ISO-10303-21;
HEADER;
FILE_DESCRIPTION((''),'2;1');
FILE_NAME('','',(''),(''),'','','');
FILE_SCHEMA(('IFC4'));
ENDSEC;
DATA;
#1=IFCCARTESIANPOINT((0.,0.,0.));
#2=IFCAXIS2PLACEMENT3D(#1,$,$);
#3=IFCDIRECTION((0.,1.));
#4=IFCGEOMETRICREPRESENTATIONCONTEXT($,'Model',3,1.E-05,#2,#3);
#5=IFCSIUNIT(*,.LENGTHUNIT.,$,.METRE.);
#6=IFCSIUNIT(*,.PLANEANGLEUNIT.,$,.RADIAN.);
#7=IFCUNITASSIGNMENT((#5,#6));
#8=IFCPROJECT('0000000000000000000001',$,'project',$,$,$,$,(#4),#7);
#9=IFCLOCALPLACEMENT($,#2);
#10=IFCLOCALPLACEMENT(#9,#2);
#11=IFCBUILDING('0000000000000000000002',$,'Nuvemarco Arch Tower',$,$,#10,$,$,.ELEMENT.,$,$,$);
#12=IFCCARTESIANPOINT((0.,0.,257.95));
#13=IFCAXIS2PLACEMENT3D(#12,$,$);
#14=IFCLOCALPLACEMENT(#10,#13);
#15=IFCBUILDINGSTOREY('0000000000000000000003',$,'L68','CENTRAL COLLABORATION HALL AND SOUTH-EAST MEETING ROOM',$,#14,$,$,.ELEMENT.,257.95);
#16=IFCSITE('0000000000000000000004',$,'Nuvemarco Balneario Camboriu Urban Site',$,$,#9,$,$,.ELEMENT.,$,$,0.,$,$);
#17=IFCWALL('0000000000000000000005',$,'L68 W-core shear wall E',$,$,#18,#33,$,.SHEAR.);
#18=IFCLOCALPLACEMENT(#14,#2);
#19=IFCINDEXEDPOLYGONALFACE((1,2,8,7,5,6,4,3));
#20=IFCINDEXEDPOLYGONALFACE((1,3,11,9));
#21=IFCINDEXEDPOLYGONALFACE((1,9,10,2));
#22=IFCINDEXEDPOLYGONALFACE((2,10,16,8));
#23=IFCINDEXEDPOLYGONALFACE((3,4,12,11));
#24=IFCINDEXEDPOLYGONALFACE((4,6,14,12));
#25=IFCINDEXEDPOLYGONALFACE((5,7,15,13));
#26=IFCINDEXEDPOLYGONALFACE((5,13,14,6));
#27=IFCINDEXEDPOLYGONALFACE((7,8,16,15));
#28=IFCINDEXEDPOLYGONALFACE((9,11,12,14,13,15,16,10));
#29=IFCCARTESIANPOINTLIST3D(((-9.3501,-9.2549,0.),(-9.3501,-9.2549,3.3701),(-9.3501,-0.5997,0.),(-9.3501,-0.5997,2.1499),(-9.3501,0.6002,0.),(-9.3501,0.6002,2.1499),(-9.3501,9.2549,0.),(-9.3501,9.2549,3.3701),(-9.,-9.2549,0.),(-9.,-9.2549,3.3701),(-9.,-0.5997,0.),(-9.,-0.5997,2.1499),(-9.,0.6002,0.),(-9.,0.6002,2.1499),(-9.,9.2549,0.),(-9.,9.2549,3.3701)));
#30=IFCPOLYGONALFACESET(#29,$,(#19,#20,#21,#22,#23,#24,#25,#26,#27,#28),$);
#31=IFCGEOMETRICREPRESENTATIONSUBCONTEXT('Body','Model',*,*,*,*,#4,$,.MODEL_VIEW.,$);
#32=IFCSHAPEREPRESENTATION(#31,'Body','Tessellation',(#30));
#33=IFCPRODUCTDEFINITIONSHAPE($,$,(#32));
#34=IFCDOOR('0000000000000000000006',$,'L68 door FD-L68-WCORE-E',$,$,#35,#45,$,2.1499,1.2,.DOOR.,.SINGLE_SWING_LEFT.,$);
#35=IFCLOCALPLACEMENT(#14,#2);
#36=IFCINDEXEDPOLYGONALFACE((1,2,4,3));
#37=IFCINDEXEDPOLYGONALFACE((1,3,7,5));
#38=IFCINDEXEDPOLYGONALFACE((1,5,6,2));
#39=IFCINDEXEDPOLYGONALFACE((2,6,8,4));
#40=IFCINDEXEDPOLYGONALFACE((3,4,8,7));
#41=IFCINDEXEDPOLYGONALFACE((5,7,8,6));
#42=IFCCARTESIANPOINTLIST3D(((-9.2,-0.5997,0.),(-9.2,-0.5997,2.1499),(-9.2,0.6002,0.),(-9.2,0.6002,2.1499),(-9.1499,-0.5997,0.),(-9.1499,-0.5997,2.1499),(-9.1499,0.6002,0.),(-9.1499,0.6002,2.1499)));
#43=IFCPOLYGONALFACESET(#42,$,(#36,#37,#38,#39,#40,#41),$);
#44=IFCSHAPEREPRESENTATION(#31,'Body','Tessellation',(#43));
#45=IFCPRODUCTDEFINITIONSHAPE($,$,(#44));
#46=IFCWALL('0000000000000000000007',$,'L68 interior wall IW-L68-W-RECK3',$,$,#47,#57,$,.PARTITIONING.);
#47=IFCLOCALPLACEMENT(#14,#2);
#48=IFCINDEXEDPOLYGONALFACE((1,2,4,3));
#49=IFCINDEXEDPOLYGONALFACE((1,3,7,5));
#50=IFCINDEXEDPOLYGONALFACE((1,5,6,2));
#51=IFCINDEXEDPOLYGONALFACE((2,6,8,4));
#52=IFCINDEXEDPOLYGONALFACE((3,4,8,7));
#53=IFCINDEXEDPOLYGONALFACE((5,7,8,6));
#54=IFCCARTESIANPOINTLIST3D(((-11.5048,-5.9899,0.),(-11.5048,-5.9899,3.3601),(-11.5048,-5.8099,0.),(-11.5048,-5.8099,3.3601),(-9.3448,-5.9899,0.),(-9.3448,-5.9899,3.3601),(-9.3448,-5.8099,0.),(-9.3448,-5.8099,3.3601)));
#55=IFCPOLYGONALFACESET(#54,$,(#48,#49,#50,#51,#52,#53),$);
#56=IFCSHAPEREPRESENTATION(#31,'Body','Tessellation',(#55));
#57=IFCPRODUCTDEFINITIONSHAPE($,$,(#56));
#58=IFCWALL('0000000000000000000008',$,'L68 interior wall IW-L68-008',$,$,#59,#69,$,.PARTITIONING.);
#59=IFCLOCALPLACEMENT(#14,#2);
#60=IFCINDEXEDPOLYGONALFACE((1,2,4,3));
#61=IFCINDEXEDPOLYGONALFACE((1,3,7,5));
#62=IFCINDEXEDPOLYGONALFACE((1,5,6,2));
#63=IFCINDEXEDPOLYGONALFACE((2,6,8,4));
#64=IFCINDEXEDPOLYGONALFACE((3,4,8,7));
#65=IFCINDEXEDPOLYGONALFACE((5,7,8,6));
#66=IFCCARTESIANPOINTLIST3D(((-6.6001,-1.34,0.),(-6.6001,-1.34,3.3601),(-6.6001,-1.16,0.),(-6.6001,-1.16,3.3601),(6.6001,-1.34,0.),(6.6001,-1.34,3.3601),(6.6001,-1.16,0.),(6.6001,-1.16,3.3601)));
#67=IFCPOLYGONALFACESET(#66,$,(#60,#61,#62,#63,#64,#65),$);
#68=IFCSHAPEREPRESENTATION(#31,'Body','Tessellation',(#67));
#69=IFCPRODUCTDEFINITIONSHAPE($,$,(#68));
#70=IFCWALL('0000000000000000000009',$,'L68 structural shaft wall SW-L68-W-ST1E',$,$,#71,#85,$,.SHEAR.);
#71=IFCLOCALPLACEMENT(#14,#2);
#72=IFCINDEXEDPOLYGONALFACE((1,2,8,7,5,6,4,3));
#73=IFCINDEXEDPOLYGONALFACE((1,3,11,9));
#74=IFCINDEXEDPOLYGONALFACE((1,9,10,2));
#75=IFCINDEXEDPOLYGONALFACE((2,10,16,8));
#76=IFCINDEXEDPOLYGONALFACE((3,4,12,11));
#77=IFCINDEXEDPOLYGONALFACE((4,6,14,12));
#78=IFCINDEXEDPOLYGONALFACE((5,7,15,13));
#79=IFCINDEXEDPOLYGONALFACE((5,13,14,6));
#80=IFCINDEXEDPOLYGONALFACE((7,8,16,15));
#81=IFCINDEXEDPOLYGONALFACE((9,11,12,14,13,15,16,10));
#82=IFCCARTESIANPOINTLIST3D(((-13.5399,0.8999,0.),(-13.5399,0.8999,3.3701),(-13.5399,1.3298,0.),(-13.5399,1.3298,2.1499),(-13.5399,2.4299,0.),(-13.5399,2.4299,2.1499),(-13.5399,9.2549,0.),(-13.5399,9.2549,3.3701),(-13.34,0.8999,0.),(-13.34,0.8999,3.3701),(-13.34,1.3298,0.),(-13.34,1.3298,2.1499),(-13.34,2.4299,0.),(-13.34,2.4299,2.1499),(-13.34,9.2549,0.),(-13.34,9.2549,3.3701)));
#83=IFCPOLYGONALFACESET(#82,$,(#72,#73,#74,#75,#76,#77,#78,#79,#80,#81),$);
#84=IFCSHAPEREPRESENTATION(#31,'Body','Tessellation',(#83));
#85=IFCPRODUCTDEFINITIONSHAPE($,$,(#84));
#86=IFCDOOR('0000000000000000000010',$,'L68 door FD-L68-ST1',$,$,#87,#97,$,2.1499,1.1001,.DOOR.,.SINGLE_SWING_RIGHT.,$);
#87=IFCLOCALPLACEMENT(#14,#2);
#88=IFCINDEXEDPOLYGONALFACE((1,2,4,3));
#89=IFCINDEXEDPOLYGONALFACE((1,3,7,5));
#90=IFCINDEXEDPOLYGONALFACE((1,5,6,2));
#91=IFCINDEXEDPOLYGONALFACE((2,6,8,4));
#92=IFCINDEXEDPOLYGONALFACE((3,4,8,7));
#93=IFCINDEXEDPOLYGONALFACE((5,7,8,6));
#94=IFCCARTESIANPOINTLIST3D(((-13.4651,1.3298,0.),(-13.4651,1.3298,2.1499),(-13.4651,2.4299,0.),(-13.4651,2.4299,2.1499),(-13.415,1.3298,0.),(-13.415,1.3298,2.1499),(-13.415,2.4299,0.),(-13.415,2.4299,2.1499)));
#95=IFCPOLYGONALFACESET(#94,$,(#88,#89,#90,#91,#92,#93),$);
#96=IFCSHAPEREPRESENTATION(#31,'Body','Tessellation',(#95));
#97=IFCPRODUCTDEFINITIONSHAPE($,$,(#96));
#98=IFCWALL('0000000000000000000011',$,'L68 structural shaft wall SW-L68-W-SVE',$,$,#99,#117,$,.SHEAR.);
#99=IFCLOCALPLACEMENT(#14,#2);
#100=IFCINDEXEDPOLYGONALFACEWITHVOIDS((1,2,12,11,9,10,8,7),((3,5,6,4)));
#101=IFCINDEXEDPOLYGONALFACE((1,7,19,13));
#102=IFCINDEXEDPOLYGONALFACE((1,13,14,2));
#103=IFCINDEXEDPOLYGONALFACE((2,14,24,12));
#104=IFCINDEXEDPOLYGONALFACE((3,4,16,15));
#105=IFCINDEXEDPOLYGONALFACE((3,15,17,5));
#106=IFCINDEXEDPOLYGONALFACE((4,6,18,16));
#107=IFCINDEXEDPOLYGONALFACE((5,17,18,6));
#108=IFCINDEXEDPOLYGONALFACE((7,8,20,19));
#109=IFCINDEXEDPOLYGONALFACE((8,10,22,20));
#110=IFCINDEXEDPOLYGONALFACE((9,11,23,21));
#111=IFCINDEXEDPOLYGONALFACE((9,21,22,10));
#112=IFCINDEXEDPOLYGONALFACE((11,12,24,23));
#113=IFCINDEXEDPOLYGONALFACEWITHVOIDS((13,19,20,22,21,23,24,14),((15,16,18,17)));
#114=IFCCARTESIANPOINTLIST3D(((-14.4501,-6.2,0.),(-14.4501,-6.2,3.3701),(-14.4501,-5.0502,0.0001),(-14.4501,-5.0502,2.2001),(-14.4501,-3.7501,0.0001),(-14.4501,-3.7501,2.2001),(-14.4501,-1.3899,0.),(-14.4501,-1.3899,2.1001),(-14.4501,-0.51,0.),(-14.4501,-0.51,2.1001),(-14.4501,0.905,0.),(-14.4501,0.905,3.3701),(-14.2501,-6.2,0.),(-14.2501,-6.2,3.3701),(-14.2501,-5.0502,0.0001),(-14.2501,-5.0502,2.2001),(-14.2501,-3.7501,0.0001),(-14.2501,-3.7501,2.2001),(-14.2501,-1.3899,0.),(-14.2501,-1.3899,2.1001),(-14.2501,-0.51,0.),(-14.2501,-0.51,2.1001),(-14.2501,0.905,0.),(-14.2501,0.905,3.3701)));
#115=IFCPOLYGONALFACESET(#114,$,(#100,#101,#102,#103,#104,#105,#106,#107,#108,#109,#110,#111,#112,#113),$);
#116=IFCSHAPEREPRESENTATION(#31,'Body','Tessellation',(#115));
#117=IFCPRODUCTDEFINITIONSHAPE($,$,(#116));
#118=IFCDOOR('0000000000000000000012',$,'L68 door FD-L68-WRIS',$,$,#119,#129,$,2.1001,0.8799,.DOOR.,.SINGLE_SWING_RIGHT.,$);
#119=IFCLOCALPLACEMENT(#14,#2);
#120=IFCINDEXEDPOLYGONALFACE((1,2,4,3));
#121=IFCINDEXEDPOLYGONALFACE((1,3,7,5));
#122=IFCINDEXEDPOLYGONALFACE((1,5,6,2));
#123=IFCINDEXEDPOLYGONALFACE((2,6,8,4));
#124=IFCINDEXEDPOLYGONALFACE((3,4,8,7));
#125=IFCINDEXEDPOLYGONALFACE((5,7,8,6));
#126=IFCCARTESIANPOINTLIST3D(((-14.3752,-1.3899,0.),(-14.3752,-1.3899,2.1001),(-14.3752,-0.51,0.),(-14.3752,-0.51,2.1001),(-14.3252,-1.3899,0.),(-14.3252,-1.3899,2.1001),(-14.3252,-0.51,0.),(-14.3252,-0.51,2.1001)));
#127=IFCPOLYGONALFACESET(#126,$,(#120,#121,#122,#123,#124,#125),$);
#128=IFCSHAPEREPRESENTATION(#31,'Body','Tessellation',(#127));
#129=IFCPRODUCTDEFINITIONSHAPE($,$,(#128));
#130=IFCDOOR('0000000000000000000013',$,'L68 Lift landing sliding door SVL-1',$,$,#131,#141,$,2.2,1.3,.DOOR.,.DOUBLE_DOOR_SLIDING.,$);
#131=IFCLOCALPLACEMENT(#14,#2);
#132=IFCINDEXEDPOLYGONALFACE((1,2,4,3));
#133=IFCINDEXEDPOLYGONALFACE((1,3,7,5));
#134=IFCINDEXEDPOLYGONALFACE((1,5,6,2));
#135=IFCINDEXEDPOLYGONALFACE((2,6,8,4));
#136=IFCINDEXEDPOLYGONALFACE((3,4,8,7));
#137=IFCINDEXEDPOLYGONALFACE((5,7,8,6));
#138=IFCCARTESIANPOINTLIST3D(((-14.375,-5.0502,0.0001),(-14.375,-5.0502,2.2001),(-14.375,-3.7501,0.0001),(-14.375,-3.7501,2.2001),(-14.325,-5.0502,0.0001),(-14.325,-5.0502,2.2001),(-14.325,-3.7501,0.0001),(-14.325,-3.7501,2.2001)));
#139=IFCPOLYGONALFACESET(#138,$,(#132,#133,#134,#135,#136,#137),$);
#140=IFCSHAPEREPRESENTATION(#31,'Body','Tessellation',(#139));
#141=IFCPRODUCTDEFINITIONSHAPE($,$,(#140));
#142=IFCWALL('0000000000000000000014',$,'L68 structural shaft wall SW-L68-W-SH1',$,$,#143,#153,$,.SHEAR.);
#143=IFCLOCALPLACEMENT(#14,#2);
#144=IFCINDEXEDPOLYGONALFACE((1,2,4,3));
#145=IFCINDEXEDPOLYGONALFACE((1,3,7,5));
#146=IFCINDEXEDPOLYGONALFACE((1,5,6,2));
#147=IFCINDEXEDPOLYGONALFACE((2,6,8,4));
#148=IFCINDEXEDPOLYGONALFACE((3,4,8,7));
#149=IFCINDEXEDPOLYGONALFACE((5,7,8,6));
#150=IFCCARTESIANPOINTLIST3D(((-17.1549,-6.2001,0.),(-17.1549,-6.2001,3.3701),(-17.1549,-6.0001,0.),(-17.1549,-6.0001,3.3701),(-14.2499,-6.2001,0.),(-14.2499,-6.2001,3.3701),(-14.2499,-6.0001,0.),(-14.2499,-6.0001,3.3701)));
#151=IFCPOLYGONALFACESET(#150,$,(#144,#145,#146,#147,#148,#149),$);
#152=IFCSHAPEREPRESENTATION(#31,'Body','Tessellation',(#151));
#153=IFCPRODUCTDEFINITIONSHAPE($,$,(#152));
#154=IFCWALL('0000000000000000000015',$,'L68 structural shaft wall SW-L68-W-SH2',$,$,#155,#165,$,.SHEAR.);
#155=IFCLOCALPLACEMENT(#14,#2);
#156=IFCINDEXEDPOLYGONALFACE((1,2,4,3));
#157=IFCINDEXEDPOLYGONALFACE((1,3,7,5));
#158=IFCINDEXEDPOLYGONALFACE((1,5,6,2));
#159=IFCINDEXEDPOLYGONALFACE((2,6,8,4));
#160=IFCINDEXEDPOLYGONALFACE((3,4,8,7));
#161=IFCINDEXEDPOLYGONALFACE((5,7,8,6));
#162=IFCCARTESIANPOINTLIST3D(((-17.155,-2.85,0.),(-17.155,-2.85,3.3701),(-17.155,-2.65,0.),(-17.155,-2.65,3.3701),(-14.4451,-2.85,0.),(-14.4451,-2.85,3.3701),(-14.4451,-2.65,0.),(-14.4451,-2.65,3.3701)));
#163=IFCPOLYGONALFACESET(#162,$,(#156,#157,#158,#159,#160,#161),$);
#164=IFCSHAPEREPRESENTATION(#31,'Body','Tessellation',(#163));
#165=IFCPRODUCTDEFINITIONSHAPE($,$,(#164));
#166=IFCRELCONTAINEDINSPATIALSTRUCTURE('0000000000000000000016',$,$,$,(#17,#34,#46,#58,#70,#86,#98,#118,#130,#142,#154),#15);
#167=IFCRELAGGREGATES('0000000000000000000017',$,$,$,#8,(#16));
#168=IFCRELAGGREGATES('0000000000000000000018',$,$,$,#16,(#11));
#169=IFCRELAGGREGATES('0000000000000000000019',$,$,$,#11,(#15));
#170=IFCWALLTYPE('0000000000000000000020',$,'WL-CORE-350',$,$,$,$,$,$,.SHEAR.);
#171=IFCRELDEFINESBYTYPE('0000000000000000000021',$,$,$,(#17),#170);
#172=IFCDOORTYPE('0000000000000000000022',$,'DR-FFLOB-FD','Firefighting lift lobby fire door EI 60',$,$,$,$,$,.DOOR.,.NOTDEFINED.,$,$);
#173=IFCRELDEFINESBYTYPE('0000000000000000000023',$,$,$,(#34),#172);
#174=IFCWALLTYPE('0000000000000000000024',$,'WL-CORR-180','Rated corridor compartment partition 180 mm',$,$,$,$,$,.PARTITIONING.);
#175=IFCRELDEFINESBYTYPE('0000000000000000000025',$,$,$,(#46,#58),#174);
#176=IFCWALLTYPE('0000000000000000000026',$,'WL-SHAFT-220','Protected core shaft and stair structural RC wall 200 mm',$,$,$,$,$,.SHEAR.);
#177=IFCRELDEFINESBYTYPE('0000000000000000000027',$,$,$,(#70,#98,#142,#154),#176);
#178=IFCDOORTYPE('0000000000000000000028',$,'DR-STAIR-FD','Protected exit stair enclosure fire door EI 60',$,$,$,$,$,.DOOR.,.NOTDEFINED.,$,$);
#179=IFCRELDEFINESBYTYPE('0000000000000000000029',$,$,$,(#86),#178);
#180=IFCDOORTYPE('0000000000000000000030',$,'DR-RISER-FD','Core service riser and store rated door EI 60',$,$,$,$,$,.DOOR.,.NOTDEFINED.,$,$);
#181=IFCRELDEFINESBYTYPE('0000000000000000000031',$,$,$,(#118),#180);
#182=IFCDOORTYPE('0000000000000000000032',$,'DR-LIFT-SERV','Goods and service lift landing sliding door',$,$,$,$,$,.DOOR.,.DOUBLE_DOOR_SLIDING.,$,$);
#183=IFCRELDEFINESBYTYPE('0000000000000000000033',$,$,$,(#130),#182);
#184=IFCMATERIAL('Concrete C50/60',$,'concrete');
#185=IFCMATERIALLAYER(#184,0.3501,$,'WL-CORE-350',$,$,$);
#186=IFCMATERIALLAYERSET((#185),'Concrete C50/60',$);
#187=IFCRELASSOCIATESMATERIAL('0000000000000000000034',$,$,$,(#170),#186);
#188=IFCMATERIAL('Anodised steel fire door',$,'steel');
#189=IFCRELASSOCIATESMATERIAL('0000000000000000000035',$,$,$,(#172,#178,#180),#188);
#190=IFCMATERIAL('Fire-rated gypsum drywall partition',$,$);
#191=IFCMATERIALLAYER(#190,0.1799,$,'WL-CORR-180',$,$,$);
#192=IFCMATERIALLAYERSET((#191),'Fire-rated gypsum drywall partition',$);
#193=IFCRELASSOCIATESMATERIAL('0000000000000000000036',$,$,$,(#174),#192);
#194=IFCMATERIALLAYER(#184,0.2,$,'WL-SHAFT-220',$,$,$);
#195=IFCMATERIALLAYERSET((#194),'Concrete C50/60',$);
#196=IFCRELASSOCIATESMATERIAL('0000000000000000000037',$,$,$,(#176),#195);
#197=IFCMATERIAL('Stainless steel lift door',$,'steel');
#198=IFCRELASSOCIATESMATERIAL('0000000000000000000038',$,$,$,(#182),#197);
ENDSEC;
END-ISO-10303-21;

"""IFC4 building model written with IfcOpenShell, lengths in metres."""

from ifc_helpers import new_model, si_unit, direction, frame, frame_2d, origin, place, context, subcontext, project, spatial, rectangle, extrude, source, transform, mapped, material, layer, layer_set, type_object, type_shapes, element, fill, save


model = new_model("IFC4")

# Units and contexts
model_context = context("Model", 3, precision=1e-05, world=origin(), true_north=direction((0.0, 1.0)))
body_context = subcontext(model_context, "Body", "Model", "MODEL_VIEW")
ifc_project = project(units=[si_unit("LENGTHUNIT", "METRE"), si_unit("PLANEANGLEUNIT", "RADIAN")], contexts=[model_context])

# Site, building, storey
site_placement = place(None, origin())
site = spatial("IfcSite", under=ifc_project, at=site_placement, Name="Nuvemarco Balneario Camboriu Urban Site", CompositionType="ELEMENT", RefElevation=0.0)
building_placement = place(site_placement, origin())
building = spatial("IfcBuilding", under=site, at=building_placement, Name="Nuvemarco Arch Tower", CompositionType="ELEMENT")
storey_placement = place(building_placement, frame((0.0, 0.0, 257.95)))
storey = spatial("IfcBuildingStorey", under=building, at=storey_placement, Name="L68", Description="CENTRAL COLLABORATION HALL AND SOUTH-EAST MEETING ROOM", CompositionType="ELEMENT", Elevation=257.95)

# Shared definitions
ifc_material_1 = material(Name="Concrete C50/60", Category="concrete")

# Wall, opening, door
ifc_layer_1 = layer(ifc_material_1, 0.3501, Name="WL-CORE-350")
ifc_layer_set_1 = layer_set([ifc_layer_1], Name="Concrete C50/60")
wall_type_1 = type_object("IfcWallType", Name="WL-CORE-350", PredefinedType="SHEAR", material=ifc_layer_set_1)
wall_1_placement = place(storey_placement, frame((-9.175, -9.2549, 0.0), z_axis=(0.0, 0.0, 1.0), x_axis=(0.0, 1.0, 0.0)))
wall_1 = element("IfcWall", 1, at=wall_1_placement, inside=storey, type_object=wall_type_1, Name="L68 W-core shear wall E", PredefinedType="SHEAR", context=body_context, shape_type="SweptSolid", body=[
    extrude(rectangle(XDim=18.5098, YDim=0.3501, at=frame_2d((9.2549, 0.0))), origin(), (0.0, 0.0, 1.0), 3.3701),
])
opening_1_placement = place(wall_1_placement, frame((8.655, 0.0, 0.0)))
opening_1 = element("IfcOpeningElement", 2, at=opening_1_placement, cuts=wall_1, PredefinedType="OPENING", context=body_context, shape_type="SweptSolid", body=[
    extrude(rectangle(XDim=1.2, YDim=2.1499, at=frame_2d((0.6001, 1.075))), frame((0.0, 0.1851, 0.0), z_axis=(0.0, -1.0, 0.0), x_axis=(1.0, 0.0, 0.0)), (0.0, 0.0, 1.0), 0.3701),
])
ifc_material_2 = material(Name="Anodised steel fire door", Category="steel")
door_type_1 = type_object("IfcDoorType", Name="DR-FFLOB-FD", Description="Firefighting lift lobby fire door EI 60", OperationType="NOTDEFINED", PredefinedType="DOOR", material=ifc_material_2)
shared_shape_1 = source(origin(), body_context, "Body", "SweptSolid", [
    extrude(rectangle(XDim=1.2, YDim=2.1499, at=frame_2d((0.6001, 1.075))), frame((0.0, 0.0249, 0.0), z_axis=(0.0, -1.0, 0.0), x_axis=(1.0, 0.0, 0.0)), (0.0, 0.0, 1.0), 0.05),
])
type_shapes(door_type_1, [shared_shape_1])
door_1_placement = place(opening_1_placement, origin())
door_1 = element("IfcDoor", 3, at=door_1_placement, inside=storey, type_object=door_type_1, Name="L68 door FD-L68-WCORE-E", OperationType="SINGLE_SWING_LEFT", OverallHeight=2.1499, OverallWidth=1.2, PredefinedType="DOOR", context=body_context, shape_type="MappedRepresentation", body=[
    mapped(shared_shape_1, transform((0.0, 0.0, 0.0), scale=1.0)),
])
fill(opening_1, door_1)

# Walls
ifc_material_3 = material(Name="Fire-rated gypsum drywall partition")
ifc_layer_2 = layer(ifc_material_3, 0.1799, Name="WL-CORR-180")
ifc_layer_set_2 = layer_set([ifc_layer_2], Name="Fire-rated gypsum drywall partition")
wall_type_2 = type_object("IfcWallType", Name="WL-CORR-180", Description="Rated corridor compartment partition 180 mm", PredefinedType="PARTITIONING", material=ifc_layer_set_2)
wall_2_placement = place(storey_placement, frame((-11.5049, -5.8999, 0.0), z_axis=(0.0, 0.0, 1.0), x_axis=(1.0, 0.0, 0.0)))
element("IfcWall", 4, at=wall_2_placement, inside=storey, type_object=wall_type_2, Name="L68 interior wall IW-L68-W-RECK3", PredefinedType="PARTITIONING", context=body_context, shape_type="SweptSolid", body=[
    extrude(rectangle(XDim=2.1599, YDim=0.1799, at=frame_2d((1.0801, 0.0))), origin(), (0.0, 0.0, 1.0), 3.3601),
])
wall_3_placement = place(storey_placement, frame((-6.6001, -1.25, 0.0), z_axis=(0.0, 0.0, 1.0), x_axis=(1.0, 0.0, 0.0)))
element("IfcWall", 5, at=wall_3_placement, inside=storey, type_object=wall_type_2, Name="L68 interior wall IW-L68-008", PredefinedType="PARTITIONING", context=body_context, shape_type="SweptSolid", body=[
    extrude(rectangle(XDim=13.2002, YDim=0.1799, at=frame_2d((6.6001, 0.0))), origin(), (0.0, 0.0, 1.0), 3.3601),
])

# Wall, opening, door
ifc_layer_3 = layer(ifc_material_1, 0.2, Name="WL-SHAFT-220")
ifc_layer_set_3 = layer_set([ifc_layer_3], Name="Concrete C50/60")
wall_type_3 = type_object("IfcWallType", Name="WL-SHAFT-220", Description="Protected core shaft and stair structural RC wall 200 mm", PredefinedType="SHEAR", material=ifc_layer_set_3)
wall_4_placement = place(storey_placement, frame((-13.4399, 0.8999, 0.0), z_axis=(0.0, 0.0, 1.0), x_axis=(0.0, 1.0, 0.0)))
wall_4 = element("IfcWall", 6, at=wall_4_placement, inside=storey, type_object=wall_type_3, Name="L68 structural shaft wall SW-L68-W-ST1E", PredefinedType="SHEAR", context=body_context, shape_type="SweptSolid", body=[
    extrude(rectangle(XDim=8.355, YDim=0.2, at=frame_2d((4.1775, 0.0))), origin(), (0.0, 0.0, 1.0), 3.3701),
])
opening_2_placement = place(wall_4_placement, frame((1.53, 0.0, 0.0), z_axis=(0.0, 0.0, 1.0), x_axis=(-1.0, 0.0, 0.0)))
opening_2 = element("IfcOpeningElement", 7, at=opening_2_placement, cuts=wall_4, PredefinedType="OPENING", context=body_context, shape_type="SweptSolid", body=[
    extrude(rectangle(XDim=1.1001, YDim=2.1499, at=frame_2d((0.55, 1.075))), frame((0.0, 0.1099, 0.0), z_axis=(0.0, -1.0, 0.0), x_axis=(1.0, 0.0, 0.0)), (0.0, 0.0, 1.0), 0.22),
])
door_type_2 = type_object("IfcDoorType", Name="DR-STAIR-FD", Description="Protected exit stair enclosure fire door EI 60", OperationType="NOTDEFINED", PredefinedType="DOOR", material=ifc_material_2)
shared_shape_2 = source(origin(), body_context, "Body", "SweptSolid", [
    extrude(rectangle(XDim=1.1001, YDim=2.1499, at=frame_2d((0.55, 1.075))), frame((0.0, 0.0249, 0.0), z_axis=(0.0, -1.0, 0.0), x_axis=(1.0, 0.0, 0.0)), (0.0, 0.0, 1.0), 0.05),
])
type_shapes(door_type_2, [shared_shape_2])
door_2_placement = place(opening_2_placement, origin())
door_2 = element("IfcDoor", 8, at=door_2_placement, inside=storey, type_object=door_type_2, Name="L68 door FD-L68-ST1", OperationType="SINGLE_SWING_RIGHT", OverallHeight=2.1499, OverallWidth=1.1001, PredefinedType="DOOR", context=body_context, shape_type="MappedRepresentation", body=[
    mapped(shared_shape_2, transform((0.0, 0.0, 0.0), scale=1.0)),
])
fill(opening_2, door_2)
ifc_material_4 = material(Name="Stainless steel lift door", Category="steel")

# Wall, openings, doors
wall_5_placement = place(storey_placement, frame((-14.3501, -6.2, 0.0), z_axis=(0.0, 0.0, 1.0), x_axis=(0.0, 1.0, 0.0)))
wall_5 = element("IfcWall", 9, at=wall_5_placement, inside=storey, type_object=wall_type_3, Name="L68 structural shaft wall SW-L68-W-SVE", PredefinedType="SHEAR", context=body_context, shape_type="SweptSolid", body=[
    extrude(rectangle(XDim=7.105, YDim=0.2, at=frame_2d((3.5525, 0.0))), origin(), (0.0, 0.0, 1.0), 3.3701),
])
opening_3_placement = place(wall_5_placement, frame((5.6899, 0.0, 0.0), z_axis=(0.0, 0.0, 1.0), x_axis=(-1.0, 0.0, 0.0)))
opening_3 = element("IfcOpeningElement", 10, at=opening_3_placement, cuts=wall_5, PredefinedType="OPENING", context=body_context, shape_type="SweptSolid", body=[
    extrude(rectangle(XDim=0.8799, YDim=2.1001, at=frame_2d((0.4399, 1.05))), frame((0.0, 0.1099, 0.0), z_axis=(0.0, -1.0, 0.0), x_axis=(1.0, 0.0, 0.0)), (0.0, 0.0, 1.0), 0.22),
])
opening_4_placement = place(wall_5_placement, frame((1.1499, 0.0, 0.0)))
opening_4 = element("IfcOpeningElement", 11, at=opening_4_placement, cuts=wall_5, PredefinedType="OPENING", context=body_context, shape_type="SweptSolid", body=[
    extrude(rectangle(XDim=1.3, YDim=2.2, at=frame_2d((0.6499, 1.1001))), frame((0.0, 0.1099, 0.0), z_axis=(0.0, -1.0, 0.0), x_axis=(1.0, 0.0, 0.0)), (0.0, 0.0, 1.0), 0.22),
])
door_type_3 = type_object("IfcDoorType", Name="DR-RISER-FD", Description="Core service riser and store rated door EI 60", OperationType="NOTDEFINED", PredefinedType="DOOR", material=ifc_material_2)
shared_shape_3 = source(origin(), body_context, "Body", "SweptSolid", [
    extrude(rectangle(XDim=0.8799, YDim=2.1001, at=frame_2d((0.4399, 1.05))), frame((0.0, 0.0249, 0.0), z_axis=(0.0, -1.0, 0.0), x_axis=(1.0, 0.0, 0.0)), (0.0, 0.0, 1.0), 0.05),
])
type_shapes(door_type_3, [shared_shape_3])
door_3_placement = place(opening_3_placement, origin())
door_3 = element("IfcDoor", 12, at=door_3_placement, inside=storey, type_object=door_type_3, Name="L68 door FD-L68-WRIS", OperationType="SINGLE_SWING_RIGHT", OverallHeight=2.1001, OverallWidth=0.8799, PredefinedType="DOOR", context=body_context, shape_type="MappedRepresentation", body=[
    mapped(shared_shape_3, transform((0.0, 0.0, 0.0), scale=1.0)),
])
fill(opening_3, door_3)
door_type_4 = type_object("IfcDoorType", Name="DR-LIFT-SERV", Description="Goods and service lift landing sliding door", OperationType="DOUBLE_DOOR_SLIDING", PredefinedType="DOOR", material=ifc_material_4)
shared_shape_4 = source(origin(), body_context, "Body", "SweptSolid", [
    extrude(rectangle(XDim=1.3, YDim=2.2, at=frame_2d((0.6499, 1.1001))), frame((0.0, 0.0249, 0.0), z_axis=(0.0, -1.0, 0.0), x_axis=(1.0, 0.0, 0.0)), (0.0, 0.0, 1.0), 0.05),
])
type_shapes(door_type_4, [shared_shape_4])
door_4_placement = place(opening_4_placement, origin())
door_4 = element("IfcDoor", 13, at=door_4_placement, inside=storey, type_object=door_type_4, Name="L68 Lift landing sliding door SVL-1", OperationType="DOUBLE_DOOR_SLIDING", OverallHeight=2.2, OverallWidth=1.3, PredefinedType="DOOR", context=body_context, shape_type="MappedRepresentation", body=[
    mapped(shared_shape_4, transform((0.0, 0.0, 0.0), scale=1.0)),
])
fill(opening_4, door_4)

# Walls
wall_6_placement = place(storey_placement, frame((-17.155, -6.1001, 0.0), z_axis=(0.0, 0.0, 1.0), x_axis=(1.0, 0.0, 0.0)))
element("IfcWall", 14, at=wall_6_placement, inside=storey, type_object=wall_type_3, Name="L68 structural shaft wall SW-L68-W-SH1", PredefinedType="SHEAR", context=body_context, shape_type="SweptSolid", body=[
    extrude(rectangle(XDim=2.905, YDim=0.2, at=frame_2d((1.4526, 0.0))), origin(), (0.0, 0.0, 1.0), 3.3701),
])
wall_7_placement = place(storey_placement, frame((-17.155, -2.75, 0.0), z_axis=(0.0, 0.0, 1.0), x_axis=(1.0, 0.0, 0.0)))
element("IfcWall", 15, at=wall_7_placement, inside=storey, type_object=wall_type_3, Name="L68 structural shaft wall SW-L68-W-SH2", PredefinedType="SHEAR", context=body_context, shape_type="SweptSolid", body=[
    extrude(rectangle(XDim=2.71, YDim=0.2, at=frame_2d((1.355, 0.0))), origin(), (0.0, 0.0, 1.0), 3.3701),
])

save(model, "model.ifc")
